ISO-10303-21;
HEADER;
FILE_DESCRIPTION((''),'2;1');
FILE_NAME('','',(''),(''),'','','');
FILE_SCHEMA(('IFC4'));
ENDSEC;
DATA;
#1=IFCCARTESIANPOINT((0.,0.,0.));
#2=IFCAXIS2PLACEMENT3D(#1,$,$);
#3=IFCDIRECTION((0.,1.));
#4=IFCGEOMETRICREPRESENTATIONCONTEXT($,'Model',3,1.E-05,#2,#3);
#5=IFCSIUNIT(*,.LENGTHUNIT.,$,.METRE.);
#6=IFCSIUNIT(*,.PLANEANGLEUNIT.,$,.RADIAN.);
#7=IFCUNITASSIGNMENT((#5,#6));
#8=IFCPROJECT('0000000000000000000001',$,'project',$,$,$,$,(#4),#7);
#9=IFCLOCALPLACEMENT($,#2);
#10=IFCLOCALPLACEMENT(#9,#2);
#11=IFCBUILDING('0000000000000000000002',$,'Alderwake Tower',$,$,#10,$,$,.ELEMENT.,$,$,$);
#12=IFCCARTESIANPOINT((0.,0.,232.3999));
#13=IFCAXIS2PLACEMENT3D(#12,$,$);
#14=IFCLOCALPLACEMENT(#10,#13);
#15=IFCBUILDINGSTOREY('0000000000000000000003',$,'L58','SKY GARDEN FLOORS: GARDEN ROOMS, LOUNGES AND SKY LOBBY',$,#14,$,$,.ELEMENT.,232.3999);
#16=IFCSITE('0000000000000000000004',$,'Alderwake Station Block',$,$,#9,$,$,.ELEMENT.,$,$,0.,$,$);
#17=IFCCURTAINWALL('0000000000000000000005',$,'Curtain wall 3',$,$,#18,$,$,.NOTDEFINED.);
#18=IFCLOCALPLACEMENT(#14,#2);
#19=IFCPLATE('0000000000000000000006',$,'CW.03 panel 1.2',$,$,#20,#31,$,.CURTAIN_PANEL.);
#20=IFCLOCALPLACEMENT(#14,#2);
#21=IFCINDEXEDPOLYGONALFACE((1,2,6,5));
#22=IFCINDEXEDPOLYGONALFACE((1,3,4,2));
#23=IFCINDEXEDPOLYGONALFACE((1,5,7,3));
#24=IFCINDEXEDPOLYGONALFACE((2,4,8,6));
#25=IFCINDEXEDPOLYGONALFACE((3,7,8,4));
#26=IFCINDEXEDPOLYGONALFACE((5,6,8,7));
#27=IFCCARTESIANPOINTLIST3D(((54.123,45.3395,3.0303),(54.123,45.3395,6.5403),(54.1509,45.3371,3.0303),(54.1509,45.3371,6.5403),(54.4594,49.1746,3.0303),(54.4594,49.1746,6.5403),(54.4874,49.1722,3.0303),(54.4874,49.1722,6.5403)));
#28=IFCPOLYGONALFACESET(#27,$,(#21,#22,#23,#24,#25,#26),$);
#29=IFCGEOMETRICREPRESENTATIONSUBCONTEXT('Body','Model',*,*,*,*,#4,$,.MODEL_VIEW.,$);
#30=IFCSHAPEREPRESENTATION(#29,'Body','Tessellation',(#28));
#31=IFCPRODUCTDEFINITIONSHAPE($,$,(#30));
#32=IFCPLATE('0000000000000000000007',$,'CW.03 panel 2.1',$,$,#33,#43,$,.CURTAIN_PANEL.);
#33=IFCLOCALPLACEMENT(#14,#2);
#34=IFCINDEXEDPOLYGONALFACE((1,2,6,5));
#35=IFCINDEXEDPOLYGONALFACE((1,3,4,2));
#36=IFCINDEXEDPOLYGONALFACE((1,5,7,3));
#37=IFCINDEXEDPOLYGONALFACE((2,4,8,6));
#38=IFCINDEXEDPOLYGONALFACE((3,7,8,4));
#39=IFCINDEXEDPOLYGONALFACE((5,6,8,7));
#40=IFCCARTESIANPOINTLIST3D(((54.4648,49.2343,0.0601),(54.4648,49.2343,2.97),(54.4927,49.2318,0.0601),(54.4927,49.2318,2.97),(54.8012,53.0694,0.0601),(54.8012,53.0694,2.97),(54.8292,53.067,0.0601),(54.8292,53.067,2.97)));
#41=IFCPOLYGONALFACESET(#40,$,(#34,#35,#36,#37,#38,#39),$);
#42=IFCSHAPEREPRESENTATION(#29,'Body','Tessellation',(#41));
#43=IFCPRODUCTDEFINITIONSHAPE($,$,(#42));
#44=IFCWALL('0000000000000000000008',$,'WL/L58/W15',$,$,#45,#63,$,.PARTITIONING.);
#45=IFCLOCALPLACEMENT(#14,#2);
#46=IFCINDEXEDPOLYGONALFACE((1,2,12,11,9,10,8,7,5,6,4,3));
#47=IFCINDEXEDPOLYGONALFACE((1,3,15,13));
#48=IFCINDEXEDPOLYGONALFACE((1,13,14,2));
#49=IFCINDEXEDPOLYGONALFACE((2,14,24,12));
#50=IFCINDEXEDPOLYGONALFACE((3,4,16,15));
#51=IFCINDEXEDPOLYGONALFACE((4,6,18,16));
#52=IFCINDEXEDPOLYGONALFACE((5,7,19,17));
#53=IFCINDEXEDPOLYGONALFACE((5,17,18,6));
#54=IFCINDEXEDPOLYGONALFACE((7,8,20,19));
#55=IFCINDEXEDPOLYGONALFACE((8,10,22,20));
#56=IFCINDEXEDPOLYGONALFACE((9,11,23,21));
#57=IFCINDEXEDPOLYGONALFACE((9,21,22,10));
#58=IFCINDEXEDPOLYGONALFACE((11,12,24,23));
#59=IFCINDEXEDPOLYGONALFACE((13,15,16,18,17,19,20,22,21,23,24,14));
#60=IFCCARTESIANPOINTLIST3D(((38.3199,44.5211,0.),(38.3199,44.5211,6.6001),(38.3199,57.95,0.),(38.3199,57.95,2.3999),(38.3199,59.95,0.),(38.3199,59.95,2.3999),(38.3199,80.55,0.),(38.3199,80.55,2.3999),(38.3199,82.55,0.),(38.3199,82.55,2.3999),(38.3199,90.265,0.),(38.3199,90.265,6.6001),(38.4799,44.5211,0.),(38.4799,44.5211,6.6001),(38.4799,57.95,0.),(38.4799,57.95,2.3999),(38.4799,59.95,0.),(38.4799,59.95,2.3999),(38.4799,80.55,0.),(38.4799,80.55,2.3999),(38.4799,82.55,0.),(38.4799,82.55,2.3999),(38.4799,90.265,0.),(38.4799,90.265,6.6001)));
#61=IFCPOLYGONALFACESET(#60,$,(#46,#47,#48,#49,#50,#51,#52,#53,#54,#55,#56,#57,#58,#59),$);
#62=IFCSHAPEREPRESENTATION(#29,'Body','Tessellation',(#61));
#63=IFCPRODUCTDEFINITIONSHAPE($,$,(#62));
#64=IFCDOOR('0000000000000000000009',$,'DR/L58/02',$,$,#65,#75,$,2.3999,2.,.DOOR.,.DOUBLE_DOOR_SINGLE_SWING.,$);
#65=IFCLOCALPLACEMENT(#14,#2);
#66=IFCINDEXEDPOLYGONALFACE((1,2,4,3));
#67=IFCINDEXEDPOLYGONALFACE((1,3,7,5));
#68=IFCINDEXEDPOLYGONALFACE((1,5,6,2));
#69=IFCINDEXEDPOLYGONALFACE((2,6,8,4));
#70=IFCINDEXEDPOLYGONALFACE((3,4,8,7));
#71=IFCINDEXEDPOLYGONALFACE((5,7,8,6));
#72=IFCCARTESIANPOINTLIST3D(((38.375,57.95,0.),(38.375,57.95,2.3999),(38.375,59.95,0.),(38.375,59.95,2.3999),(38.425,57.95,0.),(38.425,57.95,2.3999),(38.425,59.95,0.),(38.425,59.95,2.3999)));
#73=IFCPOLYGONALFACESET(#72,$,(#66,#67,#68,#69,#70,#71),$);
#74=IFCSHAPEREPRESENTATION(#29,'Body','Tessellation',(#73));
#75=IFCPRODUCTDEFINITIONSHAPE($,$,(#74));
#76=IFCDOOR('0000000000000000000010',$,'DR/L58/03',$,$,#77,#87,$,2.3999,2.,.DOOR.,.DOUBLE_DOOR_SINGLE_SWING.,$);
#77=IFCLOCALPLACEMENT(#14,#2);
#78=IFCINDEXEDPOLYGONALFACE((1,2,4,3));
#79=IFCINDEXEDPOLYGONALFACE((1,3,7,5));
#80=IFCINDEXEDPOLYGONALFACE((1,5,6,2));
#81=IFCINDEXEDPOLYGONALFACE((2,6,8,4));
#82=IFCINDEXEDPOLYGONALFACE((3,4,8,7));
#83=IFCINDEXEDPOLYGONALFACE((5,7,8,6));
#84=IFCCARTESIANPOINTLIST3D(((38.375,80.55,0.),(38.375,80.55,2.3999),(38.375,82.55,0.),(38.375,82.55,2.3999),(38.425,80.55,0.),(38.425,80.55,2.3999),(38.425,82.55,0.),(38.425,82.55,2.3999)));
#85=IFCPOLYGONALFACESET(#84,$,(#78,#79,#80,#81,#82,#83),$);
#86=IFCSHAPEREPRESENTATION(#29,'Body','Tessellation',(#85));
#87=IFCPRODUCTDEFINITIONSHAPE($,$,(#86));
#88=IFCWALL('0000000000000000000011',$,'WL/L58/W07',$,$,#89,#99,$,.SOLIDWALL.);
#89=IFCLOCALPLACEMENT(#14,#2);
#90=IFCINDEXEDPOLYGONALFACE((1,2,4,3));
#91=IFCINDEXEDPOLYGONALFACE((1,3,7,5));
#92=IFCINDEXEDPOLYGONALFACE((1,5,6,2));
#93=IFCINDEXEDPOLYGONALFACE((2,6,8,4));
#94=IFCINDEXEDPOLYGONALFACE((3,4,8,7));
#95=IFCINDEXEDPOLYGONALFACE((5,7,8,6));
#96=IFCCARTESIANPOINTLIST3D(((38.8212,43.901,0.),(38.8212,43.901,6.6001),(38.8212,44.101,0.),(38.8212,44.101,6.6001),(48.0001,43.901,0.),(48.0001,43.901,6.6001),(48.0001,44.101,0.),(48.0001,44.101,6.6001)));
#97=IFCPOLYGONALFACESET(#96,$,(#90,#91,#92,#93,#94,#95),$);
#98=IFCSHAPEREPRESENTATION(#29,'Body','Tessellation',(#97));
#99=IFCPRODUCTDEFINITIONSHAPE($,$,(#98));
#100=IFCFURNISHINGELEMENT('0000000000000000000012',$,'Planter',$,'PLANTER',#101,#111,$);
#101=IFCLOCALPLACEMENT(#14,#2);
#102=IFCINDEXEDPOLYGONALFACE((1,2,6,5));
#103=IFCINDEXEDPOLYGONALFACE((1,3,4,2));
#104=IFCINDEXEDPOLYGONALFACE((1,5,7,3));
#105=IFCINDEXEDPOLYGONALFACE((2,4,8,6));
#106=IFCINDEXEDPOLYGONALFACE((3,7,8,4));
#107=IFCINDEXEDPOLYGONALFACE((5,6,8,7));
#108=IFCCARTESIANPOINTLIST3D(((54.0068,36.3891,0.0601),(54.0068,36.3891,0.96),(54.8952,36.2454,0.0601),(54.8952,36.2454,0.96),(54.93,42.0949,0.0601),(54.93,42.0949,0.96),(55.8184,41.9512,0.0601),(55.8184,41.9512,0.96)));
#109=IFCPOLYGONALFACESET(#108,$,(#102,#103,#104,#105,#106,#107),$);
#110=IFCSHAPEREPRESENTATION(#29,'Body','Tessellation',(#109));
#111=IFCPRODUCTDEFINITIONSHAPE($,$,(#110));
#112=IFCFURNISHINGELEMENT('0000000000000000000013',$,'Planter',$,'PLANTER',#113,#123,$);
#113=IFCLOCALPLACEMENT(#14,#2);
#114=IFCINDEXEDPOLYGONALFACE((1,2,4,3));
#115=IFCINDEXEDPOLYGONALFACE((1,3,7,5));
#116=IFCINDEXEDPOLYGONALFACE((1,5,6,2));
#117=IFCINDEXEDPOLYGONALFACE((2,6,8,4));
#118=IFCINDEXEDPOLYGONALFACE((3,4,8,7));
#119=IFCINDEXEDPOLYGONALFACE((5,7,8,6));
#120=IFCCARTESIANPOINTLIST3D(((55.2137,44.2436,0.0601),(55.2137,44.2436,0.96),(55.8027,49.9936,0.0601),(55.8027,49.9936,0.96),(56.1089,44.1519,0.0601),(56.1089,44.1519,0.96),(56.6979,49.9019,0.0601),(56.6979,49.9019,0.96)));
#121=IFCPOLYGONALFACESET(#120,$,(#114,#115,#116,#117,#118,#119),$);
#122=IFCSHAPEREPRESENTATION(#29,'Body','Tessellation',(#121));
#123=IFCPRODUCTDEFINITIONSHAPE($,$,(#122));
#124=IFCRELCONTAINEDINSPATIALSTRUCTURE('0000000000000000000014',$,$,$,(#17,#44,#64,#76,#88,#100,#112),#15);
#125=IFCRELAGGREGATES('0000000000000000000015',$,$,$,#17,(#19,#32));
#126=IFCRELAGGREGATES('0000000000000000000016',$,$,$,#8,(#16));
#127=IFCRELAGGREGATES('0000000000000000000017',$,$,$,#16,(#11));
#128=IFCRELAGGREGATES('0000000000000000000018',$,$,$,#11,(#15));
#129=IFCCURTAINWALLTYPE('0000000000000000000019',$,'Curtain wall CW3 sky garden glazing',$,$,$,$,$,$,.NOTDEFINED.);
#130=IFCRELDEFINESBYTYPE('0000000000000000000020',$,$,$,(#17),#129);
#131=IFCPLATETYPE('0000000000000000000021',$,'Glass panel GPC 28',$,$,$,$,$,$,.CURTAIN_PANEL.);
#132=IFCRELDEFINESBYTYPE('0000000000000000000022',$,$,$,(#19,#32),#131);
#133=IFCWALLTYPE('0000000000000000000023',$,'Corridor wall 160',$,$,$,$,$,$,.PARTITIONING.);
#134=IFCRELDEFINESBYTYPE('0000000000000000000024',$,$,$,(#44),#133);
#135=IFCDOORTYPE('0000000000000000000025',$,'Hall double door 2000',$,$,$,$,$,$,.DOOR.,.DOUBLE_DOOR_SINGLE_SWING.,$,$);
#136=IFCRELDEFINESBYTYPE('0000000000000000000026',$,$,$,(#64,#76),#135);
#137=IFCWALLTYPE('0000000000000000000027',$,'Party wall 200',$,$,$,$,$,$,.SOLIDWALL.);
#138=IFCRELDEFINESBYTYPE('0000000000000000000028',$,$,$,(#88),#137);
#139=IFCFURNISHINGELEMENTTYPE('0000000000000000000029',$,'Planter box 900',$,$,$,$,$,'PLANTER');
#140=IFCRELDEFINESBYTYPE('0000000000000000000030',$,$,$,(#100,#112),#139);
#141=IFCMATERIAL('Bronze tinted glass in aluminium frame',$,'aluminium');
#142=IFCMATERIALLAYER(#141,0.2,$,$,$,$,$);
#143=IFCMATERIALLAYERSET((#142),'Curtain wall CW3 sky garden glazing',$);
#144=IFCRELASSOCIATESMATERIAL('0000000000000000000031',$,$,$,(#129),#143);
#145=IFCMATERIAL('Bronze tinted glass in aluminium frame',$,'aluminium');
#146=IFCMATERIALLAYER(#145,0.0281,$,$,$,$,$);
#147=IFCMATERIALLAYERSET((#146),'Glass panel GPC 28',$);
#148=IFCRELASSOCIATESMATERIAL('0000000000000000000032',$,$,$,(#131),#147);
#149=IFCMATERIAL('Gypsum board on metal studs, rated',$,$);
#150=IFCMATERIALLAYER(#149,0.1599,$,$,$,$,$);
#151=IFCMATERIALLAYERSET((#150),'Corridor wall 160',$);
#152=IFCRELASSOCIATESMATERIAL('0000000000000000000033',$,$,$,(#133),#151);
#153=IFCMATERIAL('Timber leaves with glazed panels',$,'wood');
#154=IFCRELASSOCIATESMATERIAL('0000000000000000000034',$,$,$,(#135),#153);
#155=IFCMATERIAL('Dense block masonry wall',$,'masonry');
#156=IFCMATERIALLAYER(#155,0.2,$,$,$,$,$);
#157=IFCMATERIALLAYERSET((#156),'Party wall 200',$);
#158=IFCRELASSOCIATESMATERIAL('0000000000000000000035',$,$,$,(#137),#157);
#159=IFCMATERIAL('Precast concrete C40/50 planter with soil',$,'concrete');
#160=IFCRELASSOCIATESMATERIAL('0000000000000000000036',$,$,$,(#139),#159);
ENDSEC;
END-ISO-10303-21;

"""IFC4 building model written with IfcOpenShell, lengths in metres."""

from ifc_helpers import new_model, si_unit, direction, frame, frame_2d, origin, origin_2d, place, context, subcontext, project, spatial, rectangle, extrude, material, layer, layer_set, type_object, element, fill, aggregate, save


model = new_model("IFC4")

# Units and contexts
model_context = context("Model", 3, precision=1e-05, world=origin(), true_north=direction((0.0, 1.0)))
body_context = subcontext(model_context, "Body", "Model", "MODEL_VIEW")
ifc_project = project(units=[si_unit("LENGTHUNIT", "METRE"), si_unit("PLANEANGLEUNIT", "RADIAN")], contexts=[model_context])

# Site, building, storey
site_placement = place(None, origin())
site = spatial("IfcSite", under=ifc_project, at=site_placement, Name="Alderwake Station Block", CompositionType="ELEMENT", RefElevation=0.0)
building_placement = place(site_placement, origin())
building = spatial("IfcBuilding", under=site, at=building_placement, Name="Alderwake Tower", CompositionType="ELEMENT")
storey_placement = place(building_placement, frame((0.0, 0.0, 232.3999)))
storey = spatial("IfcBuildingStorey", under=building, at=storey_placement, Name="L58", Description="SKY GARDEN FLOORS: GARDEN ROOMS, LOUNGES AND SKY LOBBY", CompositionType="ELEMENT", Elevation=232.3999)

# Curtain wall, plates
ifc_material_1 = material(Name="Bronze tinted glass in aluminium frame", Category="aluminium")
ifc_layer_1 = layer(ifc_material_1, 0.2)
ifc_layer_set_1 = layer_set([ifc_layer_1], Name="Curtain wall CW3 sky garden glazing")
curtain_wall_type = type_object("IfcCurtainWallType", Name="Curtain wall CW3 sky garden glazing", PredefinedType="NOTDEFINED", material=ifc_layer_set_1)
curtain_wall_placement = place(storey_placement, origin())
curtain_wall = element("IfcCurtainWall", 1, at=curtain_wall_placement, inside=storey, type_object=curtain_wall_type, Name="Curtain wall 3", PredefinedType="NOTDEFINED")
ifc_material_2 = material(Name="Bronze tinted glass in aluminium frame", Category="aluminium")
ifc_layer_2 = layer(ifc_material_2, 0.0281)
ifc_layer_set_2 = layer_set([ifc_layer_2], Name="Glass panel GPC 28")
plate_type = type_object("IfcPlateType", Name="Glass panel GPC 28", PredefinedType="CURTAIN_PANEL", material=ifc_layer_set_2)
plate_1_placement = place(storey_placement, frame((54.3052, 47.2559, 3.0303), z_axis=(0.0, 0.0, 1.0), x_axis=(0.08739, 0.996174, 0.0)))
plate_1 = element("IfcPlate", 2, at=plate_1_placement, type_object=plate_type, Name="CW.03 panel 1.2", PredefinedType="CURTAIN_PANEL", context=body_context, shape_type="SweptSolid", body=[
    extrude(rectangle(XDim=3.8499, YDim=0.0281, at=origin_2d()), origin(), (0.0, 0.0, 1.0), 3.51),
])
plate_2_placement = place(storey_placement, frame((54.647, 51.1506, 0.0601), z_axis=(0.0, 0.0, 1.0), x_axis=(0.08739, 0.996174, 0.0)))
plate_2 = element("IfcPlate", 3, at=plate_2_placement, type_object=plate_type, Name="CW.03 panel 2.1", PredefinedType="CURTAIN_PANEL", context=body_context, shape_type="SweptSolid", body=[
    extrude(rectangle(XDim=3.8499, YDim=0.0281, at=origin_2d()), origin(), (0.0, 0.0, 1.0), 2.9099),
])
aggregate(curtain_wall, [plate_1, plate_2])

# Wall, openings, doors
ifc_material_3 = material(Name="Gypsum board on metal studs, rated")
ifc_layer_3 = layer(ifc_material_3, 0.1599)
ifc_layer_set_3 = layer_set([ifc_layer_3], Name="Corridor wall 160")
wall_type_1 = type_object("IfcWallType", Name="Corridor wall 160", PredefinedType="PARTITIONING", material=ifc_layer_set_3)
wall_1_placement = place(storey_placement, frame((38.3999, 44.521, 0.0), z_axis=(0.0, 0.0, 1.0), x_axis=(0.0, 1.0, 0.0)))
wall_1 = element("IfcWall", 4, at=wall_1_placement, inside=storey, type_object=wall_type_1, Name="WL/L58/W15", PredefinedType="PARTITIONING", context=body_context, shape_type="SweptSolid", body=[
    extrude(rectangle(XDim=45.7439, YDim=0.1599, at=frame_2d((22.8721, 0.0))), origin(), (0.0, 0.0, 1.0), 6.6001),
])
opening_1_placement = place(wall_1_placement, frame((13.429, 0.0, 0.0)))
opening_1 = element("IfcOpeningElement", 5, at=opening_1_placement, cuts=wall_1, PredefinedType="OPENING", context=body_context, shape_type="SweptSolid", body=[
    extrude(rectangle(XDim=2.0, YDim=2.3999, at=frame_2d((1.0, 1.2))), frame((0.0, 0.0898, 0.0), z_axis=(0.0, -1.0, 0.0), x_axis=(1.0, 0.0, 0.0)), (0.0, 0.0, 1.0), 0.1799),
])
opening_2_placement = place(wall_1_placement, frame((36.0291, 0.0, 0.0)))
opening_2 = element("IfcOpeningElement", 6, at=opening_2_placement, cuts=wall_1, PredefinedType="OPENING", context=body_context, shape_type="SweptSolid", body=[
    extrude(rectangle(XDim=2.0, YDim=2.3999, at=frame_2d((1.0, 1.2))), frame((0.0, 0.0898, 0.0), z_axis=(0.0, -1.0, 0.0), x_axis=(1.0, 0.0, 0.0)), (0.0, 0.0, 1.0), 0.1799),
])
ifc_material_4 = material(Name="Timber leaves with glazed panels", Category="wood")
door_type = type_object("IfcDoorType", Name="Hall double door 2000", OperationType="DOUBLE_DOOR_SINGLE_SWING", PredefinedType="DOOR", material=ifc_material_4)
door_1_placement = place(opening_1_placement, origin())
door_1 = element("IfcDoor", 7, at=door_1_placement, inside=storey, type_object=door_type, Name="DR/L58/02", OperationType="DOUBLE_DOOR_SINGLE_SWING", OverallHeight=2.3999, OverallWidth=2.0, PredefinedType="DOOR", context=body_context, shape_type="SweptSolid", body=[
    extrude(rectangle(XDim=2.0, YDim=2.3999, at=frame_2d((1.0, 1.2))), frame((0.0, 0.0249, 0.0), z_axis=(0.0, -1.0, 0.0), x_axis=(1.0, 0.0, 0.0)), (0.0, 0.0, 1.0), 0.05),
])
fill(opening_1, door_1)
door_2_placement = place(opening_2_placement, origin())
door_2 = element("IfcDoor", 8, at=door_2_placement, inside=storey, type_object=door_type, Name="DR/L58/03", OperationType="DOUBLE_DOOR_SINGLE_SWING", OverallHeight=2.3999, OverallWidth=2.0, PredefinedType="DOOR", context=body_context, shape_type="SweptSolid", body=[
    extrude(rectangle(XDim=2.0, YDim=2.3999, at=frame_2d((1.0, 1.2))), frame((0.0, 0.0249, 0.0), z_axis=(0.0, -1.0, 0.0), x_axis=(1.0, 0.0, 0.0)), (0.0, 0.0, 1.0), 0.05),
])
fill(opening_2, door_2)

# Wall
ifc_material_5 = material(Name="Dense block masonry wall", Category="masonry")
ifc_layer_4 = layer(ifc_material_5, 0.2)
ifc_layer_set_4 = layer_set([ifc_layer_4], Name="Party wall 200")
wall_type_2 = type_object("IfcWallType", Name="Party wall 200", PredefinedType="SOLIDWALL", material=ifc_layer_set_4)
wall_2_placement = place(storey_placement, frame((48.0, 44.001, 0.0), z_axis=(0.0, 0.0, 1.0), x_axis=(-1.0, 0.0, 0.0)))
element("IfcWall", 9, at=wall_2_placement, inside=storey, type_object=wall_type_2, Name="WL/L58/W07", PredefinedType="SOLIDWALL", context=body_context, shape_type="SweptSolid", body=[
    extrude(rectangle(XDim=9.179, YDim=0.2, at=frame_2d((4.5894, 0.0))), origin(), (0.0, 0.0, 1.0), 6.6001),
])

# Furnishing elements
ifc_material_6 = material(Name="Precast concrete C40/50 planter with soil", Category="concrete")
furnishing_element_type = type_object("IfcFurnishingElementType", Name="Planter box 900", ElementType="PLANTER", material=ifc_material_6)
for number, where, z_axis, x_axis, name in (
    (10, (54.9126, 39.1702, 0.0601), (0.0, 0.0, 1.0), (0.987161, -0.15973, 0.0), "Planter"),
    (11, (55.9558, 47.0728, 0.0601), (0.0, 0.0, 1.0), (0.994794, -0.101905, 0.0), "Planter"),
):
    element("IfcFurnishingElement", number, at=place(storey_placement, frame(where, z_axis=z_axis, x_axis=x_axis)), inside=storey, type_object=furnishing_element_type, Name=name, ObjectType="PLANTER", context=body_context, shape_type="SweptSolid", body=[
        extrude(rectangle(XDim=0.8999, YDim=5.78, at=origin_2d()), origin(), (0.0, 0.0, 1.0), 0.8999),
    ])

save(model, "model.ifc")
